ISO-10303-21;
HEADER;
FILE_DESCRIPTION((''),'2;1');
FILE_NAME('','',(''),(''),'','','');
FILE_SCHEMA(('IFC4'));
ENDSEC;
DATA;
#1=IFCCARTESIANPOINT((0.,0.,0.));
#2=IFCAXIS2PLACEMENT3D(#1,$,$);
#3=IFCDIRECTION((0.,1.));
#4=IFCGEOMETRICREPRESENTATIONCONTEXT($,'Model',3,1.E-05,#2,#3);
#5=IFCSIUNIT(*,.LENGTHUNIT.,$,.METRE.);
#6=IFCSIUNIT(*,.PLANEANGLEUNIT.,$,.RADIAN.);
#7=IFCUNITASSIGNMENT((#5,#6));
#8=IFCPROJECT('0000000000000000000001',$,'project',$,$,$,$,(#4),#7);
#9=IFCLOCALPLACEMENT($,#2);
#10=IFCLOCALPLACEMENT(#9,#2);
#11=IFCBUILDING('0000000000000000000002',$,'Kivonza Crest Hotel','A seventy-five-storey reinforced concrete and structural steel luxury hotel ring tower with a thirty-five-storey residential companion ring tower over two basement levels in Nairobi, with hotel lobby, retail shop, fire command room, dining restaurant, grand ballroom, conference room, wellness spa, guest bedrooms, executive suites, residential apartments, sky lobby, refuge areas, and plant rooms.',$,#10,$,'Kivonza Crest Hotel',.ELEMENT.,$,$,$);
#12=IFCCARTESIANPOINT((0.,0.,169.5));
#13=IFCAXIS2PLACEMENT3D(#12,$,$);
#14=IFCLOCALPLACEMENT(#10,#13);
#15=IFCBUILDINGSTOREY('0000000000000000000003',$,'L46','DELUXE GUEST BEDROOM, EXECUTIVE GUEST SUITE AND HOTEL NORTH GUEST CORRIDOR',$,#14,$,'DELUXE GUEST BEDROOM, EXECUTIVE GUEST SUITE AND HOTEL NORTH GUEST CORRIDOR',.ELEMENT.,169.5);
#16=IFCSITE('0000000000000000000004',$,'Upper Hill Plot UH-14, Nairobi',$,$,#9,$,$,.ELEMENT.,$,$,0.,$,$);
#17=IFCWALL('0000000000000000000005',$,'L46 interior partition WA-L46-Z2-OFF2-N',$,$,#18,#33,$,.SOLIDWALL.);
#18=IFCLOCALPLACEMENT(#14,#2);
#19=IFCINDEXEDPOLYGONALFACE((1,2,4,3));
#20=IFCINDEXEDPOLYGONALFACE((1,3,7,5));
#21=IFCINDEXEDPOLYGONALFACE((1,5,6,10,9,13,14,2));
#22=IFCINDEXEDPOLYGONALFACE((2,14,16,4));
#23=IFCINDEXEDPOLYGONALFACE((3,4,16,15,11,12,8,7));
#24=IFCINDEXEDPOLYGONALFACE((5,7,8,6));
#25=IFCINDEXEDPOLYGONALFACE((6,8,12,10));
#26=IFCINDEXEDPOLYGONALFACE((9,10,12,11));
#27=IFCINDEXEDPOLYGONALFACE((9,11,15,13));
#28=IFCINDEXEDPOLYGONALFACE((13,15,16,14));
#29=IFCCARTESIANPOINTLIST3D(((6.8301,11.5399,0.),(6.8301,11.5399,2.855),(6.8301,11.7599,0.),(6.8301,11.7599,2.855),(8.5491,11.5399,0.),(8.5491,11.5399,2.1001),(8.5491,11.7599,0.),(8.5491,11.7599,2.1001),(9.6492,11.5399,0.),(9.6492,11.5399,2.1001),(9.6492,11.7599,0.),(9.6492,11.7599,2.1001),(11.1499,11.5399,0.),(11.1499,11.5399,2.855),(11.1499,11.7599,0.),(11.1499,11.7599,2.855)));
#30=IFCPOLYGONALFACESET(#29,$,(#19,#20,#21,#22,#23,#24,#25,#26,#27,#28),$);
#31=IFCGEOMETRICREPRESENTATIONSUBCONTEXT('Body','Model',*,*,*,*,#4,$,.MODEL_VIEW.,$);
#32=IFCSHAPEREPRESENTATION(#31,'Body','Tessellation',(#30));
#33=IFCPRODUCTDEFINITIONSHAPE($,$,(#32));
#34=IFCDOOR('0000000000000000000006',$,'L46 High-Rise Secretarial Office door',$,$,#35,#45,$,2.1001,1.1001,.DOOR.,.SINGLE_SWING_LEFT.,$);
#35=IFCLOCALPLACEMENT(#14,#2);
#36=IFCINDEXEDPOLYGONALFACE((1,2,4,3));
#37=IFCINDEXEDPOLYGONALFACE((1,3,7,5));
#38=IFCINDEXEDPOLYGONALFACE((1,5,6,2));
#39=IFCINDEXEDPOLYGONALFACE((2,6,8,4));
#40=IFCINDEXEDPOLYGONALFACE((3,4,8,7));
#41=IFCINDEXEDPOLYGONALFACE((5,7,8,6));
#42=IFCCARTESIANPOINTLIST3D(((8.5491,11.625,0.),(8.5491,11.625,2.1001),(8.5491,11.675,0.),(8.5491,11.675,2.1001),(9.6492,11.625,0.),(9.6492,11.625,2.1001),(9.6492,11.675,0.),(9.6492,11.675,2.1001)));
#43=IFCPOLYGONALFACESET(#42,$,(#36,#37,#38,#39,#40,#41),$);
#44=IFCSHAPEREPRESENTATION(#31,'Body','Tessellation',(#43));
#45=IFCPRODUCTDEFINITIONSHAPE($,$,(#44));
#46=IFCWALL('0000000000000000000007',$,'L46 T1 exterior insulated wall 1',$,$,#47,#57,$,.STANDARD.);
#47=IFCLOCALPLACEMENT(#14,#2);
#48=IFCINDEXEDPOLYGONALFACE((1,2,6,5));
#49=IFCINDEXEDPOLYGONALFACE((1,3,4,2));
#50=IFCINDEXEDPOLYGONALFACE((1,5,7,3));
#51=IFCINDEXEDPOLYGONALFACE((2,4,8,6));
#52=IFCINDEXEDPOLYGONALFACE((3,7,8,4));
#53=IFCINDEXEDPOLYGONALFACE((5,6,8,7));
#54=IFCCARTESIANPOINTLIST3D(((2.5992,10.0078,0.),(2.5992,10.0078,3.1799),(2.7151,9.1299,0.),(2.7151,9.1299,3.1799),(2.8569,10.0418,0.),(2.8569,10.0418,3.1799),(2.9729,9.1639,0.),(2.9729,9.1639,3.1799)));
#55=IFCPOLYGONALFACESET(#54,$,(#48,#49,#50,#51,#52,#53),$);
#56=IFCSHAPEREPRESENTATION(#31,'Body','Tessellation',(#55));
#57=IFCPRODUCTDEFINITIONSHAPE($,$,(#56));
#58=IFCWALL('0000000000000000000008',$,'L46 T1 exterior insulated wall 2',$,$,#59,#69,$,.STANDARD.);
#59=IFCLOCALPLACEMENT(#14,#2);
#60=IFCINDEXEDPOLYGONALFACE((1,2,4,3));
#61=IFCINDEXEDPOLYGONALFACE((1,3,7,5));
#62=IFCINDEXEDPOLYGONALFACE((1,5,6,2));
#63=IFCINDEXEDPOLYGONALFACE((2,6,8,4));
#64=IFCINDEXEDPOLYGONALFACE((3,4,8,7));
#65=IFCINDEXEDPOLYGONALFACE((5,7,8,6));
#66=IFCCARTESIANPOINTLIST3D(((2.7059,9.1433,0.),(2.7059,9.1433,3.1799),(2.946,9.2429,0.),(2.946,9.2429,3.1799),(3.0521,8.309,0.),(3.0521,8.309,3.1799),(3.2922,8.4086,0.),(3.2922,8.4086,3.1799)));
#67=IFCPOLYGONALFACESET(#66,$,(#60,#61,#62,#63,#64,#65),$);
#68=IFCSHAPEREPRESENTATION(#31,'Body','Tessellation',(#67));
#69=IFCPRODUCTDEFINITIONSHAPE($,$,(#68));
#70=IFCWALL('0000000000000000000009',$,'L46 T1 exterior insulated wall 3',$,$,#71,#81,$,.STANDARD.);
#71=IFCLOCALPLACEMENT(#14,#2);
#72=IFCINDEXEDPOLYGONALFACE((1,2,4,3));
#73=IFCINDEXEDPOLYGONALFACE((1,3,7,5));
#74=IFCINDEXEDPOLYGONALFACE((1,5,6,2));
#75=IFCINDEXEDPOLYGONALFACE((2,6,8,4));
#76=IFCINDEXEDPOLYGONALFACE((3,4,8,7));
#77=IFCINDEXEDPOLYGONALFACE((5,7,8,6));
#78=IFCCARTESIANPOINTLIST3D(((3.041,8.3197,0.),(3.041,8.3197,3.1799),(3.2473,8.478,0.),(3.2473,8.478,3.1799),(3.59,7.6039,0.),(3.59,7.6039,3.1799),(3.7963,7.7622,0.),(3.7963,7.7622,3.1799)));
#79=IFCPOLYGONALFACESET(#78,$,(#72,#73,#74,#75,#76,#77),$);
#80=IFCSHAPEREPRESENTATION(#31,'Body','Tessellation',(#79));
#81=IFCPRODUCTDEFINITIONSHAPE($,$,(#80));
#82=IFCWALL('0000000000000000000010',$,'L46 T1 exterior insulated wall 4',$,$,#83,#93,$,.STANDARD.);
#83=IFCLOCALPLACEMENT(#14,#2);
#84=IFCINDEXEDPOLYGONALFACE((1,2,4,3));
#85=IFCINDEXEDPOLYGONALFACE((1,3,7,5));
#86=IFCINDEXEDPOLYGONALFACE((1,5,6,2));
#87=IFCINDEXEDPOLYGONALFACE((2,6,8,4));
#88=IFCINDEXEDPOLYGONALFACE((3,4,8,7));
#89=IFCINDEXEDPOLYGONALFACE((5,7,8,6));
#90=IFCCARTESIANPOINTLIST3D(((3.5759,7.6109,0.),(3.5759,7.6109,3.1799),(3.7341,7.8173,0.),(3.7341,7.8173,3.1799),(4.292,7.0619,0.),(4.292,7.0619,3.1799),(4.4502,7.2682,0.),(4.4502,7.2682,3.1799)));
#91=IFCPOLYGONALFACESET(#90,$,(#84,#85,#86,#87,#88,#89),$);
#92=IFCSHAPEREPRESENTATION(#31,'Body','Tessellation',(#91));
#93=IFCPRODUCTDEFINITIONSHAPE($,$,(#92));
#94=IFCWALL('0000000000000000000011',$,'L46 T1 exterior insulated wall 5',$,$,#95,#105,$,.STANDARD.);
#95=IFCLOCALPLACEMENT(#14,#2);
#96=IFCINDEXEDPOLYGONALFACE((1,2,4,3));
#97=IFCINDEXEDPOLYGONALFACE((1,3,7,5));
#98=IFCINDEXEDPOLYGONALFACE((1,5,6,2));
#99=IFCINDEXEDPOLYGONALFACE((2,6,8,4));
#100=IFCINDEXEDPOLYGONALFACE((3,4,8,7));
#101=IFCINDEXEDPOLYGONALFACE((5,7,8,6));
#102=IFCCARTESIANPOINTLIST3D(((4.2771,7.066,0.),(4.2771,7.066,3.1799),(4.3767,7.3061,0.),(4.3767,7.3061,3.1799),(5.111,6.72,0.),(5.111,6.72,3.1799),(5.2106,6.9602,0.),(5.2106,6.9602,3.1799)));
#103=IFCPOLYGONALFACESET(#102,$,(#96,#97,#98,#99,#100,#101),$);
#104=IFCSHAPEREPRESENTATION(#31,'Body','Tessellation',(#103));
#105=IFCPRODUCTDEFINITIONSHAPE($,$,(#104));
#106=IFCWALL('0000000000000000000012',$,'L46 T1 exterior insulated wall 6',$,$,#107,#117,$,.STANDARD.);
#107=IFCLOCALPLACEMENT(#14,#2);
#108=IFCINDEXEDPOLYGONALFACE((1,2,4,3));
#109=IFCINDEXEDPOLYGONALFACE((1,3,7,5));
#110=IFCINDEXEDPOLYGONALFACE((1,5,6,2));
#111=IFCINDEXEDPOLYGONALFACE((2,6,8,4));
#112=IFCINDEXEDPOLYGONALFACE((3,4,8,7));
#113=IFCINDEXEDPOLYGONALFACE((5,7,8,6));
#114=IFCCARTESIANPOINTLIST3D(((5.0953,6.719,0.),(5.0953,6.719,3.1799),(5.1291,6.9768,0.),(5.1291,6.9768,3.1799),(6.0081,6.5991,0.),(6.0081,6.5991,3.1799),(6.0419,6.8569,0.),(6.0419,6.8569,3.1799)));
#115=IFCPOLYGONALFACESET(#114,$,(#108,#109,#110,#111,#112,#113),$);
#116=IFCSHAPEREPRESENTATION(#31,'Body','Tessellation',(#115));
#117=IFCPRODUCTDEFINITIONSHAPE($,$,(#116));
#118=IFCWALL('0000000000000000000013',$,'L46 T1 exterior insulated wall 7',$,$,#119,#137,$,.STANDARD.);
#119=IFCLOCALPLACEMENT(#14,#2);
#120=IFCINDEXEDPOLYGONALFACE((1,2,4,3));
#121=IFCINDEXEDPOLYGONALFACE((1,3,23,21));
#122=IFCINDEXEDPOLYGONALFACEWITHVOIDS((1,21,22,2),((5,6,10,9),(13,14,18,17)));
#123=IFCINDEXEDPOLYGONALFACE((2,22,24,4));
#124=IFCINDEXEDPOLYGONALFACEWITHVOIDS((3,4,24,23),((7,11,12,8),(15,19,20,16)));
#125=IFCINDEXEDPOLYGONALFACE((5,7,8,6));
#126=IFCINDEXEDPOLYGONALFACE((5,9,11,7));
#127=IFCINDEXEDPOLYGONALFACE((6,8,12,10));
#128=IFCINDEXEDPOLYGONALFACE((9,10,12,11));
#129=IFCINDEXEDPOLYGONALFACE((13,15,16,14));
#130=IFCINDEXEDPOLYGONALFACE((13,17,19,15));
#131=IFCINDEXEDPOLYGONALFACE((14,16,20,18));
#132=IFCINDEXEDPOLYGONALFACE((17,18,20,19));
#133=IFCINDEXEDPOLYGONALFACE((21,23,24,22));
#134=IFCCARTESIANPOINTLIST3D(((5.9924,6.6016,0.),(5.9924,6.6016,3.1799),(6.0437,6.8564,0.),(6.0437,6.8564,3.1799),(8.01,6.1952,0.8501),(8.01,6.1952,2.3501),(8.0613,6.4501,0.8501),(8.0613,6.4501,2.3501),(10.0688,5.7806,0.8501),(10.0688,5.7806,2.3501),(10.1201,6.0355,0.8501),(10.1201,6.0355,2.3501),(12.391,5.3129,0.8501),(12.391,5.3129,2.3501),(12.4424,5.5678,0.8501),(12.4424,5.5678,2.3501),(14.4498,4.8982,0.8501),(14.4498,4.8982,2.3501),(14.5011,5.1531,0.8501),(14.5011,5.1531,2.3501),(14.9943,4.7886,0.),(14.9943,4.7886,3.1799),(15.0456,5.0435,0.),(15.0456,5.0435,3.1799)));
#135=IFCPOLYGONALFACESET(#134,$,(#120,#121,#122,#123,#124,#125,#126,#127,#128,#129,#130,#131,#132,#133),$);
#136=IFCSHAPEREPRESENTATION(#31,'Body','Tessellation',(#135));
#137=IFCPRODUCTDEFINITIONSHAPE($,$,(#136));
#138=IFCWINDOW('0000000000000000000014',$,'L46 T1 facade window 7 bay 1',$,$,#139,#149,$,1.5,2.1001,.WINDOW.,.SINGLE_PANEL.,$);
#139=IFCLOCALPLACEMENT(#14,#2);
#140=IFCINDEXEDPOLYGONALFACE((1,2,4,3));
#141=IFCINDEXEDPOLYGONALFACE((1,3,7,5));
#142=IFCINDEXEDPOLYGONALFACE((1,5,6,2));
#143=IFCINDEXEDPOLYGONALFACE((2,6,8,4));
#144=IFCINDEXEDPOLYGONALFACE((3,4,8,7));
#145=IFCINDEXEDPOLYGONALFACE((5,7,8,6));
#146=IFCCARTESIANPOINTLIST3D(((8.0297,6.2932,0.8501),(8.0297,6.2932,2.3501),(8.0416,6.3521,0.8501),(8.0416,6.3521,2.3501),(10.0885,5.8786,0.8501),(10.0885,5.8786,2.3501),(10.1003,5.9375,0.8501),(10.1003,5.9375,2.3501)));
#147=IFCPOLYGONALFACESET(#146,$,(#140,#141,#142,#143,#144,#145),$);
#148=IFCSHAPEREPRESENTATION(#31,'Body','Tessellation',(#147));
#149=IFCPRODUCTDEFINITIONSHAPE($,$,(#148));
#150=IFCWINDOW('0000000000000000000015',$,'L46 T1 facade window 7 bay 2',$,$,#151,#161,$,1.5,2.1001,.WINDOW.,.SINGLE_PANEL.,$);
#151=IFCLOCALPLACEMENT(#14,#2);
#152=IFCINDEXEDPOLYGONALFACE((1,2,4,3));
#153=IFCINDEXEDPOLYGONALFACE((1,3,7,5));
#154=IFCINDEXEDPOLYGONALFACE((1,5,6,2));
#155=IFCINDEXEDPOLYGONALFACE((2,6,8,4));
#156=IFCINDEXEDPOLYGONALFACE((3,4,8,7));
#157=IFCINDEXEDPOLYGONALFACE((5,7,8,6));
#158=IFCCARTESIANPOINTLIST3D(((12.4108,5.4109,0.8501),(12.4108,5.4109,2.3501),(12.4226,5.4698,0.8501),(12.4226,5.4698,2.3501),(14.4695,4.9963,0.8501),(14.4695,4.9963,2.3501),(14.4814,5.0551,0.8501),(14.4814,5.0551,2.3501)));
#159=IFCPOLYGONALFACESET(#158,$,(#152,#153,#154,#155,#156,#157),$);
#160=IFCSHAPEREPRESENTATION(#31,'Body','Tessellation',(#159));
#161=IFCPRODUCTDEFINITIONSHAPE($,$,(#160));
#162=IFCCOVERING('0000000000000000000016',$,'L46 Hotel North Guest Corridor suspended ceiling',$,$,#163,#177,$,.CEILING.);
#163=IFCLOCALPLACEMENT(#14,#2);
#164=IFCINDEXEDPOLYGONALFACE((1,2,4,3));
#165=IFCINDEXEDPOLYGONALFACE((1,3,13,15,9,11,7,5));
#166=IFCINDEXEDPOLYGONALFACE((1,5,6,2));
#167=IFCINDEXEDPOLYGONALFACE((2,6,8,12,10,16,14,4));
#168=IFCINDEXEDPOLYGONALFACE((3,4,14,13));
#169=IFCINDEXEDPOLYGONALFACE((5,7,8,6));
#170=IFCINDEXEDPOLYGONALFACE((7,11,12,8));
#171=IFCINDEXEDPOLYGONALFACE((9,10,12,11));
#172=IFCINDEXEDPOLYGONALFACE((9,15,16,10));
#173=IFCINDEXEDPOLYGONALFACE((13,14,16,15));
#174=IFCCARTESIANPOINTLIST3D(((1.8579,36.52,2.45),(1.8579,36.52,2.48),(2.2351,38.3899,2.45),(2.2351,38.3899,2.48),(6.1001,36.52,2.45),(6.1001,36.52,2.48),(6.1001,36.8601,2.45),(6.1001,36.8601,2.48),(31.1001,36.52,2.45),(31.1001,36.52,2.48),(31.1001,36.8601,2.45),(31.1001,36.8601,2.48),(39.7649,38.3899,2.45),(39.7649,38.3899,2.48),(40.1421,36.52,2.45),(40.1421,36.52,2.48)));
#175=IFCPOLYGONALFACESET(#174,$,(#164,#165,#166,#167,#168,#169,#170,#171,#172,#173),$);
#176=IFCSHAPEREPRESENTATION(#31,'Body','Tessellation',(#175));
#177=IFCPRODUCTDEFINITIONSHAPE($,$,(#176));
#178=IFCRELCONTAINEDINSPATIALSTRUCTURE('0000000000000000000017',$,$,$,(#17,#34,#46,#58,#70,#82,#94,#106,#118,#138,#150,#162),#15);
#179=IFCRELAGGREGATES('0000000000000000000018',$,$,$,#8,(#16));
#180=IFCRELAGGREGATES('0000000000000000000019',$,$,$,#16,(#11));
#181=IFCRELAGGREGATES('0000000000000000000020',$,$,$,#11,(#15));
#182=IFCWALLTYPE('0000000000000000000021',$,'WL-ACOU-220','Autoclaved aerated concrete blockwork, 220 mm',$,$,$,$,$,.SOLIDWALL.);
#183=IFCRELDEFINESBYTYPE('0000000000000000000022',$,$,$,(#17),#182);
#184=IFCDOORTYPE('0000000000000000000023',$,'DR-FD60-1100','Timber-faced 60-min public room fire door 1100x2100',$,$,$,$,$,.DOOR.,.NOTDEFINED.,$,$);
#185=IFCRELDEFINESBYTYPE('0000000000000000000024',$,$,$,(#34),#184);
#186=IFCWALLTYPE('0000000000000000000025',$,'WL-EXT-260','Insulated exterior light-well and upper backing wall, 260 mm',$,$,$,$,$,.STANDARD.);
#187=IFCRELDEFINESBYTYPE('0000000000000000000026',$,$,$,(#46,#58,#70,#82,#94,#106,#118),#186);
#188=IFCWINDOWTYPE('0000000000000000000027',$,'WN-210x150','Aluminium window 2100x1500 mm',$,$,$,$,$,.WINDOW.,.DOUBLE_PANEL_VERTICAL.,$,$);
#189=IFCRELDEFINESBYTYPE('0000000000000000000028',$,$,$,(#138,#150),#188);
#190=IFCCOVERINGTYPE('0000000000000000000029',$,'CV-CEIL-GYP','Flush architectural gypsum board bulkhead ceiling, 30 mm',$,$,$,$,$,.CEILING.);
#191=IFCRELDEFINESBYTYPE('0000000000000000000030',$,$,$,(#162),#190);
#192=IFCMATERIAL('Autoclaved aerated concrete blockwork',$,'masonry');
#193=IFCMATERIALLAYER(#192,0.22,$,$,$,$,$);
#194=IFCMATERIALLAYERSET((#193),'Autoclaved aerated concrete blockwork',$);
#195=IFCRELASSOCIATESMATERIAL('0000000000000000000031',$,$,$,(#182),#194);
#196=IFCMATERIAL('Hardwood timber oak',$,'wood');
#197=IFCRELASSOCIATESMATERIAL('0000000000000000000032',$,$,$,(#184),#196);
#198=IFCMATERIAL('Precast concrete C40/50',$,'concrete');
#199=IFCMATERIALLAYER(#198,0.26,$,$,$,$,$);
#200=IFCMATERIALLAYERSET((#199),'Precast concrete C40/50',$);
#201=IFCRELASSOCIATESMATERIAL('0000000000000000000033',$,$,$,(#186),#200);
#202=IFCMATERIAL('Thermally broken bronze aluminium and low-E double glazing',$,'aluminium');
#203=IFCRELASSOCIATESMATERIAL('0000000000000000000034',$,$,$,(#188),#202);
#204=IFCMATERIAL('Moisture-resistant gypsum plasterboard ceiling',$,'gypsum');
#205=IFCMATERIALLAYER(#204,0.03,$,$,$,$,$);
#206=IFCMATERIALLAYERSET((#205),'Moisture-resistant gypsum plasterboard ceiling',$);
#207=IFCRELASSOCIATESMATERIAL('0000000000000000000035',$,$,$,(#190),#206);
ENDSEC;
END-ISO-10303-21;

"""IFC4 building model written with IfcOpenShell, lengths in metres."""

from ifc_helpers import new_model, si_unit, direction, frame, frame_2d, origin, place, context, subcontext, project, spatial, polyline, rectangle, outline, extrude, material, layer, layer_set, type_object, element, fill, save


model = new_model("IFC4")

# Units and contexts
model_context = context("Model", 3, precision=1e-05, world=origin(), true_north=direction((0.0, 1.0)))
body_context = subcontext(model_context, "Body", "Model", "MODEL_VIEW")
ifc_project = project(units=[si_unit("LENGTHUNIT", "METRE"), si_unit("PLANEANGLEUNIT", "RADIAN")], contexts=[model_context])

# Site, building, storey
site_placement = place(None, origin())
site = spatial("IfcSite", under=ifc_project, at=site_placement, Name="Upper Hill Plot UH-14, Nairobi", CompositionType="ELEMENT", RefElevation=0.0)
building_placement = place(site_placement, origin())
building = spatial("IfcBuilding", under=site, at=building_placement, Name="Kivonza Crest Hotel", Description="A seventy-five-storey reinforced concrete and structural steel luxury hotel ring tower with a thirty-five-storey residential companion ring tower over two basement levels in Nairobi, with hotel lobby, retail shop, fire command room, dining restaurant, grand ballroom, conference room, wellness spa, guest bedrooms, executive suites, residential apartments, sky lobby, refuge areas, and plant rooms.", LongName="Kivonza Crest Hotel", CompositionType="ELEMENT")
storey_placement = place(building_placement, frame((0.0, 0.0, 169.5)))
storey = spatial("IfcBuildingStorey", under=building, at=storey_placement, Name="L46", Description="DELUXE GUEST BEDROOM, EXECUTIVE GUEST SUITE AND HOTEL NORTH GUEST CORRIDOR", LongName="DELUXE GUEST BEDROOM, EXECUTIVE GUEST SUITE AND HOTEL NORTH GUEST CORRIDOR", CompositionType="ELEMENT", Elevation=169.5)

# Wall, opening, door
ifc_material_1 = material(Name="Autoclaved aerated concrete blockwork", Category="masonry")
ifc_layer_1 = layer(ifc_material_1, 0.22)
ifc_layer_set_1 = layer_set([ifc_layer_1], Name="Autoclaved aerated concrete blockwork")
wall_type_1 = type_object("IfcWallType", Name="WL-ACOU-220", Description="Autoclaved aerated concrete blockwork, 220 mm", PredefinedType="SOLIDWALL", material=ifc_layer_set_1)
ifc_material_2 = material(Name="Hardwood timber oak", Category="wood")
door_type = type_object("IfcDoorType", Name="DR-FD60-1100", Description="Timber-faced 60-min public room fire door 1100x2100", OperationType="NOTDEFINED", PredefinedType="DOOR", material=ifc_material_2)
wall_1_placement = place(storey_placement, frame((6.8301, 11.6499, 0.0), z_axis=(0.0, 0.0, 1.0), x_axis=(1.0, 0.0, 0.0)))
wall_1 = element("IfcWall", 1, at=wall_1_placement, inside=storey, type_object=wall_type_1, Name="L46 interior partition WA-L46-Z2-OFF2-N", PredefinedType="SOLIDWALL", context=body_context, shape_type="SweptSolid", body=[
    extrude(rectangle(XDim=4.3198, YDim=0.22, at=frame_2d((2.1599, 0.0))), origin(), (0.0, 0.0, 1.0), 2.855),
])
opening_1_placement = place(wall_1_placement, frame((1.719, 0.0, 0.0)))
opening_1 = element("IfcOpeningElement", 2, at=opening_1_placement, cuts=wall_1, PredefinedType="OPENING", context=body_context, shape_type="SweptSolid", body=[
    extrude(rectangle(XDim=1.1001, YDim=2.1001, at=frame_2d((0.55, 1.05))), frame((0.0, 0.1201, 0.0), z_axis=(0.0, -1.0, 0.0), x_axis=(1.0, 0.0, 0.0)), (0.0, 0.0, 1.0), 0.24),
])
door_1_placement = place(opening_1_placement, frame((1.1001, 0.0, 0.0), z_axis=(0.0, 0.0, 1.0), x_axis=(-1.0, 0.0, 0.0)))
door_1 = element("IfcDoor", 3, at=door_1_placement, inside=storey, type_object=door_type, Name="L46 High-Rise Secretarial Office door", OperationType="SINGLE_SWING_LEFT", OverallHeight=2.1001, OverallWidth=1.1001, PredefinedType="DOOR", context=body_context, shape_type="SweptSolid", body=[
    extrude(rectangle(XDim=1.1001, YDim=2.1001, at=frame_2d((0.55, 1.05))), frame((0.0, 0.0249, 0.0), z_axis=(0.0, -1.0, 0.0), x_axis=(1.0, 0.0, 0.0)), (0.0, 0.0, 1.0), 0.05),
])
fill(opening_1, door_1)

# Walls
ifc_material_3 = material(Name="Precast concrete C40/50", Category="concrete")
ifc_layer_2 = layer(ifc_material_3, 0.26)
ifc_layer_set_2 = layer_set([ifc_layer_2], Name="Precast concrete C40/50")
wall_type_2 = type_object("IfcWallType", Name="WL-EXT-260", Description="Insulated exterior light-well and upper backing wall, 260 mm", PredefinedType="STANDARD", material=ifc_layer_set_2)
wall_2_placement = place(storey_placement, frame((2.728, 10.0249, 0.0), z_axis=(0.0, 0.0, 1.0), x_axis=(0.130954, -0.991388, 0.0)))
element("IfcWall", 4, at=wall_2_placement, inside=storey, type_object=wall_type_2, Name="L46 T1 exterior insulated wall 1", PredefinedType="STANDARD", context=body_context, shape_type="SweptSolid", body=[
    extrude(rectangle(XDim=0.8855, YDim=0.26, at=frame_2d((0.4429, 0.0))), origin(), (0.0, 0.0, 1.0), 3.1799),
])
wall_3_placement = place(storey_placement, frame((2.8259, 9.1931, 0.0), z_axis=(0.0, 0.0, 1.0), x_axis=(0.383291, -0.923628, 0.0)))
element("IfcWall", 5, at=wall_3_placement, inside=storey, type_object=wall_type_2, Name="L46 T1 exterior insulated wall 2", PredefinedType="STANDARD", context=body_context, shape_type="SweptSolid", body=[
    extrude(rectangle(XDim=0.9033, YDim=0.26, at=frame_2d((0.4517, 0.0))), origin(), (0.0, 0.0, 1.0), 3.1799),
])
wall_4_placement = place(storey_placement, frame((3.144, 8.3989, 0.0), z_axis=(0.0, 0.0, 1.0), x_axis=(0.608625, -0.793458, 0.0)))
element("IfcWall", 6, at=wall_4_placement, inside=storey, type_object=wall_type_2, Name="L46 T1 exterior insulated wall 3", PredefinedType="STANDARD", context=body_context, shape_type="SweptSolid", body=[
    extrude(rectangle(XDim=0.9021, YDim=0.26, at=frame_2d((0.4512, 0.0))), origin(), (0.0, 0.0, 1.0), 3.1799),
])
wall_5_placement = place(storey_placement, frame((3.655, 7.7141, 0.0), z_axis=(0.0, 0.0, 1.0), x_axis=(0.793558, -0.608494, 0.0)))
element("IfcWall", 7, at=wall_5_placement, inside=storey, type_object=wall_type_2, Name="L46 T1 exterior insulated wall 4", PredefinedType="STANDARD", context=body_context, shape_type="SweptSolid", body=[
    extrude(rectangle(XDim=0.9023, YDim=0.26, at=frame_2d((0.4512, 0.0))), origin(), (0.0, 0.0, 1.0), 3.1799),
])
wall_6_placement = place(storey_placement, frame((4.3269, 7.186, 0.0), z_axis=(0.0, 0.0, 1.0), x_axis=(0.923684, -0.383156, 0.0)))
element("IfcWall", 8, at=wall_6_placement, inside=storey, type_object=wall_type_2, Name="L46 T1 exterior insulated wall 5", PredefinedType="STANDARD", context=body_context, shape_type="SweptSolid", body=[
    extrude(rectangle(XDim=0.9028, YDim=0.26, at=frame_2d((0.4514, 0.0))), origin(), (0.0, 0.0, 1.0), 3.1799),
])
wall_7_placement = place(storey_placement, frame((5.1121, 6.8479, 0.0), z_axis=(0.0, 0.0, 1.0), x_axis=(0.991488, -0.130201, 0.0)))
element("IfcWall", 9, at=wall_7_placement, inside=storey, type_object=wall_type_2, Name="L46 T1 exterior insulated wall 6", PredefinedType="STANDARD", context=body_context, shape_type="SweptSolid", body=[
    extrude(rectangle(XDim=0.9207, YDim=0.26, at=frame_2d((0.4604, 0.0))), origin(), (0.0, 0.0, 1.0), 3.1799),
])

# Wall, openings, windows
wall_8_placement = place(storey_placement, frame((6.0181, 6.729, 0.0), z_axis=(0.0, 0.0, 1.0), x_axis=(0.980316, -0.197435, 0.0)))
wall_8 = element("IfcWall", 10, at=wall_8_placement, inside=storey, type_object=wall_type_2, Name="L46 T1 exterior insulated wall 7", PredefinedType="STANDARD", context=body_context, shape_type="SweptSolid", body=[
    extrude(rectangle(XDim=9.1826, YDim=0.26, at=frame_2d((4.5913, 0.0))), origin(), (0.0, 0.0, 1.0), 3.1799),
])
opening_2_placement = place(wall_8_placement, frame((2.0581, 0.0, 0.8501)))
opening_2 = element("IfcOpeningElement", 11, at=opening_2_placement, cuts=wall_8, PredefinedType="OPENING", context=body_context, shape_type="SweptSolid", body=[
    extrude(rectangle(XDim=2.1001, YDim=1.5, at=frame_2d((1.05, 0.75))), frame((0.0, 0.1401, 0.0), z_axis=(0.0, -1.0, 0.0), x_axis=(1.0, 0.0, 0.0)), (0.0, 0.0, 1.0), 0.28),
])
opening_3_placement = place(wall_8_placement, frame((6.5271, 0.0, 0.8501)))
opening_3 = element("IfcOpeningElement", 12, at=opening_3_placement, cuts=wall_8, PredefinedType="OPENING", context=body_context, shape_type="SweptSolid", body=[
    extrude(rectangle(XDim=2.1001, YDim=1.5, at=frame_2d((1.05, 0.75))), frame((0.0, 0.1401, 0.0), z_axis=(0.0, -1.0, 0.0), x_axis=(1.0, 0.0, 0.0)), (0.0, 0.0, 1.0), 0.28),
])
ifc_material_4 = material(Name="Thermally broken bronze aluminium and low-E double glazing", Category="aluminium")
window_type = type_object("IfcWindowType", Name="WN-210x150", Description="Aluminium window 2100x1500 mm", PartitioningType="DOUBLE_PANEL_VERTICAL", PredefinedType="WINDOW", material=ifc_material_4)
window_1_placement = place(opening_2_placement, origin())
window_1 = element("IfcWindow", 13, at=window_1_placement, inside=storey, type_object=window_type, Name="L46 T1 facade window 7 bay 1", OverallHeight=1.5, OverallWidth=2.1001, PartitioningType="SINGLE_PANEL", PredefinedType="WINDOW", context=body_context, shape_type="SweptSolid", body=[
    extrude(rectangle(XDim=2.1001, YDim=1.5, at=frame_2d((1.05, 0.75))), frame((0.0, 0.03, 0.0), z_axis=(0.0, -1.0, 0.0), x_axis=(1.0, 0.0, 0.0)), (0.0, 0.0, 1.0), 0.0601),
])
fill(opening_2, window_1)
window_2_placement = place(opening_3_placement, origin())
window_2 = element("IfcWindow", 14, at=window_2_placement, inside=storey, type_object=window_type, Name="L46 T1 facade window 7 bay 2", OverallHeight=1.5, OverallWidth=2.1001, PartitioningType="SINGLE_PANEL", PredefinedType="WINDOW", context=body_context, shape_type="SweptSolid", body=[
    extrude(rectangle(XDim=2.1001, YDim=1.5, at=frame_2d((1.05, 0.75))), frame((0.0, 0.03, 0.0), z_axis=(0.0, -1.0, 0.0), x_axis=(1.0, 0.0, 0.0)), (0.0, 0.0, 1.0), 0.0601),
])
fill(opening_3, window_2)

# Covering
ifc_material_5 = material(Name="Moisture-resistant gypsum plasterboard ceiling", Category="gypsum")
ifc_layer_3 = layer(ifc_material_5, 0.03)
ifc_layer_set_3 = layer_set([ifc_layer_3], Name="Moisture-resistant gypsum plasterboard ceiling")
covering_type = type_object("IfcCoveringType", Name="CV-CEIL-GYP", Description="Flush architectural gypsum board bulkhead ceiling, 30 mm", PredefinedType="CEILING", material=ifc_layer_set_3)
covering_1_placement = place(storey_placement, frame((0.0, 0.0, 2.45)))
element("IfcCovering", 15, at=covering_1_placement, inside=storey, type_object=covering_type, Name="L46 Hotel North Guest Corridor suspended ceiling", PredefinedType="CEILING", context=body_context, shape_type="SweptSolid", body=[
    extrude(outline(polyline([(2.2351, 38.3899), (1.8579, 36.52), (6.1001, 36.52), (6.1001, 36.8601), (31.1001, 36.8601), (31.1001, 36.52), (40.1421, 36.52), (39.7649, 38.3899), (2.2351, 38.3899)])), origin(), (0.0, 0.0, 1.0), 0.03),
])

save(model, "model.ifc")
